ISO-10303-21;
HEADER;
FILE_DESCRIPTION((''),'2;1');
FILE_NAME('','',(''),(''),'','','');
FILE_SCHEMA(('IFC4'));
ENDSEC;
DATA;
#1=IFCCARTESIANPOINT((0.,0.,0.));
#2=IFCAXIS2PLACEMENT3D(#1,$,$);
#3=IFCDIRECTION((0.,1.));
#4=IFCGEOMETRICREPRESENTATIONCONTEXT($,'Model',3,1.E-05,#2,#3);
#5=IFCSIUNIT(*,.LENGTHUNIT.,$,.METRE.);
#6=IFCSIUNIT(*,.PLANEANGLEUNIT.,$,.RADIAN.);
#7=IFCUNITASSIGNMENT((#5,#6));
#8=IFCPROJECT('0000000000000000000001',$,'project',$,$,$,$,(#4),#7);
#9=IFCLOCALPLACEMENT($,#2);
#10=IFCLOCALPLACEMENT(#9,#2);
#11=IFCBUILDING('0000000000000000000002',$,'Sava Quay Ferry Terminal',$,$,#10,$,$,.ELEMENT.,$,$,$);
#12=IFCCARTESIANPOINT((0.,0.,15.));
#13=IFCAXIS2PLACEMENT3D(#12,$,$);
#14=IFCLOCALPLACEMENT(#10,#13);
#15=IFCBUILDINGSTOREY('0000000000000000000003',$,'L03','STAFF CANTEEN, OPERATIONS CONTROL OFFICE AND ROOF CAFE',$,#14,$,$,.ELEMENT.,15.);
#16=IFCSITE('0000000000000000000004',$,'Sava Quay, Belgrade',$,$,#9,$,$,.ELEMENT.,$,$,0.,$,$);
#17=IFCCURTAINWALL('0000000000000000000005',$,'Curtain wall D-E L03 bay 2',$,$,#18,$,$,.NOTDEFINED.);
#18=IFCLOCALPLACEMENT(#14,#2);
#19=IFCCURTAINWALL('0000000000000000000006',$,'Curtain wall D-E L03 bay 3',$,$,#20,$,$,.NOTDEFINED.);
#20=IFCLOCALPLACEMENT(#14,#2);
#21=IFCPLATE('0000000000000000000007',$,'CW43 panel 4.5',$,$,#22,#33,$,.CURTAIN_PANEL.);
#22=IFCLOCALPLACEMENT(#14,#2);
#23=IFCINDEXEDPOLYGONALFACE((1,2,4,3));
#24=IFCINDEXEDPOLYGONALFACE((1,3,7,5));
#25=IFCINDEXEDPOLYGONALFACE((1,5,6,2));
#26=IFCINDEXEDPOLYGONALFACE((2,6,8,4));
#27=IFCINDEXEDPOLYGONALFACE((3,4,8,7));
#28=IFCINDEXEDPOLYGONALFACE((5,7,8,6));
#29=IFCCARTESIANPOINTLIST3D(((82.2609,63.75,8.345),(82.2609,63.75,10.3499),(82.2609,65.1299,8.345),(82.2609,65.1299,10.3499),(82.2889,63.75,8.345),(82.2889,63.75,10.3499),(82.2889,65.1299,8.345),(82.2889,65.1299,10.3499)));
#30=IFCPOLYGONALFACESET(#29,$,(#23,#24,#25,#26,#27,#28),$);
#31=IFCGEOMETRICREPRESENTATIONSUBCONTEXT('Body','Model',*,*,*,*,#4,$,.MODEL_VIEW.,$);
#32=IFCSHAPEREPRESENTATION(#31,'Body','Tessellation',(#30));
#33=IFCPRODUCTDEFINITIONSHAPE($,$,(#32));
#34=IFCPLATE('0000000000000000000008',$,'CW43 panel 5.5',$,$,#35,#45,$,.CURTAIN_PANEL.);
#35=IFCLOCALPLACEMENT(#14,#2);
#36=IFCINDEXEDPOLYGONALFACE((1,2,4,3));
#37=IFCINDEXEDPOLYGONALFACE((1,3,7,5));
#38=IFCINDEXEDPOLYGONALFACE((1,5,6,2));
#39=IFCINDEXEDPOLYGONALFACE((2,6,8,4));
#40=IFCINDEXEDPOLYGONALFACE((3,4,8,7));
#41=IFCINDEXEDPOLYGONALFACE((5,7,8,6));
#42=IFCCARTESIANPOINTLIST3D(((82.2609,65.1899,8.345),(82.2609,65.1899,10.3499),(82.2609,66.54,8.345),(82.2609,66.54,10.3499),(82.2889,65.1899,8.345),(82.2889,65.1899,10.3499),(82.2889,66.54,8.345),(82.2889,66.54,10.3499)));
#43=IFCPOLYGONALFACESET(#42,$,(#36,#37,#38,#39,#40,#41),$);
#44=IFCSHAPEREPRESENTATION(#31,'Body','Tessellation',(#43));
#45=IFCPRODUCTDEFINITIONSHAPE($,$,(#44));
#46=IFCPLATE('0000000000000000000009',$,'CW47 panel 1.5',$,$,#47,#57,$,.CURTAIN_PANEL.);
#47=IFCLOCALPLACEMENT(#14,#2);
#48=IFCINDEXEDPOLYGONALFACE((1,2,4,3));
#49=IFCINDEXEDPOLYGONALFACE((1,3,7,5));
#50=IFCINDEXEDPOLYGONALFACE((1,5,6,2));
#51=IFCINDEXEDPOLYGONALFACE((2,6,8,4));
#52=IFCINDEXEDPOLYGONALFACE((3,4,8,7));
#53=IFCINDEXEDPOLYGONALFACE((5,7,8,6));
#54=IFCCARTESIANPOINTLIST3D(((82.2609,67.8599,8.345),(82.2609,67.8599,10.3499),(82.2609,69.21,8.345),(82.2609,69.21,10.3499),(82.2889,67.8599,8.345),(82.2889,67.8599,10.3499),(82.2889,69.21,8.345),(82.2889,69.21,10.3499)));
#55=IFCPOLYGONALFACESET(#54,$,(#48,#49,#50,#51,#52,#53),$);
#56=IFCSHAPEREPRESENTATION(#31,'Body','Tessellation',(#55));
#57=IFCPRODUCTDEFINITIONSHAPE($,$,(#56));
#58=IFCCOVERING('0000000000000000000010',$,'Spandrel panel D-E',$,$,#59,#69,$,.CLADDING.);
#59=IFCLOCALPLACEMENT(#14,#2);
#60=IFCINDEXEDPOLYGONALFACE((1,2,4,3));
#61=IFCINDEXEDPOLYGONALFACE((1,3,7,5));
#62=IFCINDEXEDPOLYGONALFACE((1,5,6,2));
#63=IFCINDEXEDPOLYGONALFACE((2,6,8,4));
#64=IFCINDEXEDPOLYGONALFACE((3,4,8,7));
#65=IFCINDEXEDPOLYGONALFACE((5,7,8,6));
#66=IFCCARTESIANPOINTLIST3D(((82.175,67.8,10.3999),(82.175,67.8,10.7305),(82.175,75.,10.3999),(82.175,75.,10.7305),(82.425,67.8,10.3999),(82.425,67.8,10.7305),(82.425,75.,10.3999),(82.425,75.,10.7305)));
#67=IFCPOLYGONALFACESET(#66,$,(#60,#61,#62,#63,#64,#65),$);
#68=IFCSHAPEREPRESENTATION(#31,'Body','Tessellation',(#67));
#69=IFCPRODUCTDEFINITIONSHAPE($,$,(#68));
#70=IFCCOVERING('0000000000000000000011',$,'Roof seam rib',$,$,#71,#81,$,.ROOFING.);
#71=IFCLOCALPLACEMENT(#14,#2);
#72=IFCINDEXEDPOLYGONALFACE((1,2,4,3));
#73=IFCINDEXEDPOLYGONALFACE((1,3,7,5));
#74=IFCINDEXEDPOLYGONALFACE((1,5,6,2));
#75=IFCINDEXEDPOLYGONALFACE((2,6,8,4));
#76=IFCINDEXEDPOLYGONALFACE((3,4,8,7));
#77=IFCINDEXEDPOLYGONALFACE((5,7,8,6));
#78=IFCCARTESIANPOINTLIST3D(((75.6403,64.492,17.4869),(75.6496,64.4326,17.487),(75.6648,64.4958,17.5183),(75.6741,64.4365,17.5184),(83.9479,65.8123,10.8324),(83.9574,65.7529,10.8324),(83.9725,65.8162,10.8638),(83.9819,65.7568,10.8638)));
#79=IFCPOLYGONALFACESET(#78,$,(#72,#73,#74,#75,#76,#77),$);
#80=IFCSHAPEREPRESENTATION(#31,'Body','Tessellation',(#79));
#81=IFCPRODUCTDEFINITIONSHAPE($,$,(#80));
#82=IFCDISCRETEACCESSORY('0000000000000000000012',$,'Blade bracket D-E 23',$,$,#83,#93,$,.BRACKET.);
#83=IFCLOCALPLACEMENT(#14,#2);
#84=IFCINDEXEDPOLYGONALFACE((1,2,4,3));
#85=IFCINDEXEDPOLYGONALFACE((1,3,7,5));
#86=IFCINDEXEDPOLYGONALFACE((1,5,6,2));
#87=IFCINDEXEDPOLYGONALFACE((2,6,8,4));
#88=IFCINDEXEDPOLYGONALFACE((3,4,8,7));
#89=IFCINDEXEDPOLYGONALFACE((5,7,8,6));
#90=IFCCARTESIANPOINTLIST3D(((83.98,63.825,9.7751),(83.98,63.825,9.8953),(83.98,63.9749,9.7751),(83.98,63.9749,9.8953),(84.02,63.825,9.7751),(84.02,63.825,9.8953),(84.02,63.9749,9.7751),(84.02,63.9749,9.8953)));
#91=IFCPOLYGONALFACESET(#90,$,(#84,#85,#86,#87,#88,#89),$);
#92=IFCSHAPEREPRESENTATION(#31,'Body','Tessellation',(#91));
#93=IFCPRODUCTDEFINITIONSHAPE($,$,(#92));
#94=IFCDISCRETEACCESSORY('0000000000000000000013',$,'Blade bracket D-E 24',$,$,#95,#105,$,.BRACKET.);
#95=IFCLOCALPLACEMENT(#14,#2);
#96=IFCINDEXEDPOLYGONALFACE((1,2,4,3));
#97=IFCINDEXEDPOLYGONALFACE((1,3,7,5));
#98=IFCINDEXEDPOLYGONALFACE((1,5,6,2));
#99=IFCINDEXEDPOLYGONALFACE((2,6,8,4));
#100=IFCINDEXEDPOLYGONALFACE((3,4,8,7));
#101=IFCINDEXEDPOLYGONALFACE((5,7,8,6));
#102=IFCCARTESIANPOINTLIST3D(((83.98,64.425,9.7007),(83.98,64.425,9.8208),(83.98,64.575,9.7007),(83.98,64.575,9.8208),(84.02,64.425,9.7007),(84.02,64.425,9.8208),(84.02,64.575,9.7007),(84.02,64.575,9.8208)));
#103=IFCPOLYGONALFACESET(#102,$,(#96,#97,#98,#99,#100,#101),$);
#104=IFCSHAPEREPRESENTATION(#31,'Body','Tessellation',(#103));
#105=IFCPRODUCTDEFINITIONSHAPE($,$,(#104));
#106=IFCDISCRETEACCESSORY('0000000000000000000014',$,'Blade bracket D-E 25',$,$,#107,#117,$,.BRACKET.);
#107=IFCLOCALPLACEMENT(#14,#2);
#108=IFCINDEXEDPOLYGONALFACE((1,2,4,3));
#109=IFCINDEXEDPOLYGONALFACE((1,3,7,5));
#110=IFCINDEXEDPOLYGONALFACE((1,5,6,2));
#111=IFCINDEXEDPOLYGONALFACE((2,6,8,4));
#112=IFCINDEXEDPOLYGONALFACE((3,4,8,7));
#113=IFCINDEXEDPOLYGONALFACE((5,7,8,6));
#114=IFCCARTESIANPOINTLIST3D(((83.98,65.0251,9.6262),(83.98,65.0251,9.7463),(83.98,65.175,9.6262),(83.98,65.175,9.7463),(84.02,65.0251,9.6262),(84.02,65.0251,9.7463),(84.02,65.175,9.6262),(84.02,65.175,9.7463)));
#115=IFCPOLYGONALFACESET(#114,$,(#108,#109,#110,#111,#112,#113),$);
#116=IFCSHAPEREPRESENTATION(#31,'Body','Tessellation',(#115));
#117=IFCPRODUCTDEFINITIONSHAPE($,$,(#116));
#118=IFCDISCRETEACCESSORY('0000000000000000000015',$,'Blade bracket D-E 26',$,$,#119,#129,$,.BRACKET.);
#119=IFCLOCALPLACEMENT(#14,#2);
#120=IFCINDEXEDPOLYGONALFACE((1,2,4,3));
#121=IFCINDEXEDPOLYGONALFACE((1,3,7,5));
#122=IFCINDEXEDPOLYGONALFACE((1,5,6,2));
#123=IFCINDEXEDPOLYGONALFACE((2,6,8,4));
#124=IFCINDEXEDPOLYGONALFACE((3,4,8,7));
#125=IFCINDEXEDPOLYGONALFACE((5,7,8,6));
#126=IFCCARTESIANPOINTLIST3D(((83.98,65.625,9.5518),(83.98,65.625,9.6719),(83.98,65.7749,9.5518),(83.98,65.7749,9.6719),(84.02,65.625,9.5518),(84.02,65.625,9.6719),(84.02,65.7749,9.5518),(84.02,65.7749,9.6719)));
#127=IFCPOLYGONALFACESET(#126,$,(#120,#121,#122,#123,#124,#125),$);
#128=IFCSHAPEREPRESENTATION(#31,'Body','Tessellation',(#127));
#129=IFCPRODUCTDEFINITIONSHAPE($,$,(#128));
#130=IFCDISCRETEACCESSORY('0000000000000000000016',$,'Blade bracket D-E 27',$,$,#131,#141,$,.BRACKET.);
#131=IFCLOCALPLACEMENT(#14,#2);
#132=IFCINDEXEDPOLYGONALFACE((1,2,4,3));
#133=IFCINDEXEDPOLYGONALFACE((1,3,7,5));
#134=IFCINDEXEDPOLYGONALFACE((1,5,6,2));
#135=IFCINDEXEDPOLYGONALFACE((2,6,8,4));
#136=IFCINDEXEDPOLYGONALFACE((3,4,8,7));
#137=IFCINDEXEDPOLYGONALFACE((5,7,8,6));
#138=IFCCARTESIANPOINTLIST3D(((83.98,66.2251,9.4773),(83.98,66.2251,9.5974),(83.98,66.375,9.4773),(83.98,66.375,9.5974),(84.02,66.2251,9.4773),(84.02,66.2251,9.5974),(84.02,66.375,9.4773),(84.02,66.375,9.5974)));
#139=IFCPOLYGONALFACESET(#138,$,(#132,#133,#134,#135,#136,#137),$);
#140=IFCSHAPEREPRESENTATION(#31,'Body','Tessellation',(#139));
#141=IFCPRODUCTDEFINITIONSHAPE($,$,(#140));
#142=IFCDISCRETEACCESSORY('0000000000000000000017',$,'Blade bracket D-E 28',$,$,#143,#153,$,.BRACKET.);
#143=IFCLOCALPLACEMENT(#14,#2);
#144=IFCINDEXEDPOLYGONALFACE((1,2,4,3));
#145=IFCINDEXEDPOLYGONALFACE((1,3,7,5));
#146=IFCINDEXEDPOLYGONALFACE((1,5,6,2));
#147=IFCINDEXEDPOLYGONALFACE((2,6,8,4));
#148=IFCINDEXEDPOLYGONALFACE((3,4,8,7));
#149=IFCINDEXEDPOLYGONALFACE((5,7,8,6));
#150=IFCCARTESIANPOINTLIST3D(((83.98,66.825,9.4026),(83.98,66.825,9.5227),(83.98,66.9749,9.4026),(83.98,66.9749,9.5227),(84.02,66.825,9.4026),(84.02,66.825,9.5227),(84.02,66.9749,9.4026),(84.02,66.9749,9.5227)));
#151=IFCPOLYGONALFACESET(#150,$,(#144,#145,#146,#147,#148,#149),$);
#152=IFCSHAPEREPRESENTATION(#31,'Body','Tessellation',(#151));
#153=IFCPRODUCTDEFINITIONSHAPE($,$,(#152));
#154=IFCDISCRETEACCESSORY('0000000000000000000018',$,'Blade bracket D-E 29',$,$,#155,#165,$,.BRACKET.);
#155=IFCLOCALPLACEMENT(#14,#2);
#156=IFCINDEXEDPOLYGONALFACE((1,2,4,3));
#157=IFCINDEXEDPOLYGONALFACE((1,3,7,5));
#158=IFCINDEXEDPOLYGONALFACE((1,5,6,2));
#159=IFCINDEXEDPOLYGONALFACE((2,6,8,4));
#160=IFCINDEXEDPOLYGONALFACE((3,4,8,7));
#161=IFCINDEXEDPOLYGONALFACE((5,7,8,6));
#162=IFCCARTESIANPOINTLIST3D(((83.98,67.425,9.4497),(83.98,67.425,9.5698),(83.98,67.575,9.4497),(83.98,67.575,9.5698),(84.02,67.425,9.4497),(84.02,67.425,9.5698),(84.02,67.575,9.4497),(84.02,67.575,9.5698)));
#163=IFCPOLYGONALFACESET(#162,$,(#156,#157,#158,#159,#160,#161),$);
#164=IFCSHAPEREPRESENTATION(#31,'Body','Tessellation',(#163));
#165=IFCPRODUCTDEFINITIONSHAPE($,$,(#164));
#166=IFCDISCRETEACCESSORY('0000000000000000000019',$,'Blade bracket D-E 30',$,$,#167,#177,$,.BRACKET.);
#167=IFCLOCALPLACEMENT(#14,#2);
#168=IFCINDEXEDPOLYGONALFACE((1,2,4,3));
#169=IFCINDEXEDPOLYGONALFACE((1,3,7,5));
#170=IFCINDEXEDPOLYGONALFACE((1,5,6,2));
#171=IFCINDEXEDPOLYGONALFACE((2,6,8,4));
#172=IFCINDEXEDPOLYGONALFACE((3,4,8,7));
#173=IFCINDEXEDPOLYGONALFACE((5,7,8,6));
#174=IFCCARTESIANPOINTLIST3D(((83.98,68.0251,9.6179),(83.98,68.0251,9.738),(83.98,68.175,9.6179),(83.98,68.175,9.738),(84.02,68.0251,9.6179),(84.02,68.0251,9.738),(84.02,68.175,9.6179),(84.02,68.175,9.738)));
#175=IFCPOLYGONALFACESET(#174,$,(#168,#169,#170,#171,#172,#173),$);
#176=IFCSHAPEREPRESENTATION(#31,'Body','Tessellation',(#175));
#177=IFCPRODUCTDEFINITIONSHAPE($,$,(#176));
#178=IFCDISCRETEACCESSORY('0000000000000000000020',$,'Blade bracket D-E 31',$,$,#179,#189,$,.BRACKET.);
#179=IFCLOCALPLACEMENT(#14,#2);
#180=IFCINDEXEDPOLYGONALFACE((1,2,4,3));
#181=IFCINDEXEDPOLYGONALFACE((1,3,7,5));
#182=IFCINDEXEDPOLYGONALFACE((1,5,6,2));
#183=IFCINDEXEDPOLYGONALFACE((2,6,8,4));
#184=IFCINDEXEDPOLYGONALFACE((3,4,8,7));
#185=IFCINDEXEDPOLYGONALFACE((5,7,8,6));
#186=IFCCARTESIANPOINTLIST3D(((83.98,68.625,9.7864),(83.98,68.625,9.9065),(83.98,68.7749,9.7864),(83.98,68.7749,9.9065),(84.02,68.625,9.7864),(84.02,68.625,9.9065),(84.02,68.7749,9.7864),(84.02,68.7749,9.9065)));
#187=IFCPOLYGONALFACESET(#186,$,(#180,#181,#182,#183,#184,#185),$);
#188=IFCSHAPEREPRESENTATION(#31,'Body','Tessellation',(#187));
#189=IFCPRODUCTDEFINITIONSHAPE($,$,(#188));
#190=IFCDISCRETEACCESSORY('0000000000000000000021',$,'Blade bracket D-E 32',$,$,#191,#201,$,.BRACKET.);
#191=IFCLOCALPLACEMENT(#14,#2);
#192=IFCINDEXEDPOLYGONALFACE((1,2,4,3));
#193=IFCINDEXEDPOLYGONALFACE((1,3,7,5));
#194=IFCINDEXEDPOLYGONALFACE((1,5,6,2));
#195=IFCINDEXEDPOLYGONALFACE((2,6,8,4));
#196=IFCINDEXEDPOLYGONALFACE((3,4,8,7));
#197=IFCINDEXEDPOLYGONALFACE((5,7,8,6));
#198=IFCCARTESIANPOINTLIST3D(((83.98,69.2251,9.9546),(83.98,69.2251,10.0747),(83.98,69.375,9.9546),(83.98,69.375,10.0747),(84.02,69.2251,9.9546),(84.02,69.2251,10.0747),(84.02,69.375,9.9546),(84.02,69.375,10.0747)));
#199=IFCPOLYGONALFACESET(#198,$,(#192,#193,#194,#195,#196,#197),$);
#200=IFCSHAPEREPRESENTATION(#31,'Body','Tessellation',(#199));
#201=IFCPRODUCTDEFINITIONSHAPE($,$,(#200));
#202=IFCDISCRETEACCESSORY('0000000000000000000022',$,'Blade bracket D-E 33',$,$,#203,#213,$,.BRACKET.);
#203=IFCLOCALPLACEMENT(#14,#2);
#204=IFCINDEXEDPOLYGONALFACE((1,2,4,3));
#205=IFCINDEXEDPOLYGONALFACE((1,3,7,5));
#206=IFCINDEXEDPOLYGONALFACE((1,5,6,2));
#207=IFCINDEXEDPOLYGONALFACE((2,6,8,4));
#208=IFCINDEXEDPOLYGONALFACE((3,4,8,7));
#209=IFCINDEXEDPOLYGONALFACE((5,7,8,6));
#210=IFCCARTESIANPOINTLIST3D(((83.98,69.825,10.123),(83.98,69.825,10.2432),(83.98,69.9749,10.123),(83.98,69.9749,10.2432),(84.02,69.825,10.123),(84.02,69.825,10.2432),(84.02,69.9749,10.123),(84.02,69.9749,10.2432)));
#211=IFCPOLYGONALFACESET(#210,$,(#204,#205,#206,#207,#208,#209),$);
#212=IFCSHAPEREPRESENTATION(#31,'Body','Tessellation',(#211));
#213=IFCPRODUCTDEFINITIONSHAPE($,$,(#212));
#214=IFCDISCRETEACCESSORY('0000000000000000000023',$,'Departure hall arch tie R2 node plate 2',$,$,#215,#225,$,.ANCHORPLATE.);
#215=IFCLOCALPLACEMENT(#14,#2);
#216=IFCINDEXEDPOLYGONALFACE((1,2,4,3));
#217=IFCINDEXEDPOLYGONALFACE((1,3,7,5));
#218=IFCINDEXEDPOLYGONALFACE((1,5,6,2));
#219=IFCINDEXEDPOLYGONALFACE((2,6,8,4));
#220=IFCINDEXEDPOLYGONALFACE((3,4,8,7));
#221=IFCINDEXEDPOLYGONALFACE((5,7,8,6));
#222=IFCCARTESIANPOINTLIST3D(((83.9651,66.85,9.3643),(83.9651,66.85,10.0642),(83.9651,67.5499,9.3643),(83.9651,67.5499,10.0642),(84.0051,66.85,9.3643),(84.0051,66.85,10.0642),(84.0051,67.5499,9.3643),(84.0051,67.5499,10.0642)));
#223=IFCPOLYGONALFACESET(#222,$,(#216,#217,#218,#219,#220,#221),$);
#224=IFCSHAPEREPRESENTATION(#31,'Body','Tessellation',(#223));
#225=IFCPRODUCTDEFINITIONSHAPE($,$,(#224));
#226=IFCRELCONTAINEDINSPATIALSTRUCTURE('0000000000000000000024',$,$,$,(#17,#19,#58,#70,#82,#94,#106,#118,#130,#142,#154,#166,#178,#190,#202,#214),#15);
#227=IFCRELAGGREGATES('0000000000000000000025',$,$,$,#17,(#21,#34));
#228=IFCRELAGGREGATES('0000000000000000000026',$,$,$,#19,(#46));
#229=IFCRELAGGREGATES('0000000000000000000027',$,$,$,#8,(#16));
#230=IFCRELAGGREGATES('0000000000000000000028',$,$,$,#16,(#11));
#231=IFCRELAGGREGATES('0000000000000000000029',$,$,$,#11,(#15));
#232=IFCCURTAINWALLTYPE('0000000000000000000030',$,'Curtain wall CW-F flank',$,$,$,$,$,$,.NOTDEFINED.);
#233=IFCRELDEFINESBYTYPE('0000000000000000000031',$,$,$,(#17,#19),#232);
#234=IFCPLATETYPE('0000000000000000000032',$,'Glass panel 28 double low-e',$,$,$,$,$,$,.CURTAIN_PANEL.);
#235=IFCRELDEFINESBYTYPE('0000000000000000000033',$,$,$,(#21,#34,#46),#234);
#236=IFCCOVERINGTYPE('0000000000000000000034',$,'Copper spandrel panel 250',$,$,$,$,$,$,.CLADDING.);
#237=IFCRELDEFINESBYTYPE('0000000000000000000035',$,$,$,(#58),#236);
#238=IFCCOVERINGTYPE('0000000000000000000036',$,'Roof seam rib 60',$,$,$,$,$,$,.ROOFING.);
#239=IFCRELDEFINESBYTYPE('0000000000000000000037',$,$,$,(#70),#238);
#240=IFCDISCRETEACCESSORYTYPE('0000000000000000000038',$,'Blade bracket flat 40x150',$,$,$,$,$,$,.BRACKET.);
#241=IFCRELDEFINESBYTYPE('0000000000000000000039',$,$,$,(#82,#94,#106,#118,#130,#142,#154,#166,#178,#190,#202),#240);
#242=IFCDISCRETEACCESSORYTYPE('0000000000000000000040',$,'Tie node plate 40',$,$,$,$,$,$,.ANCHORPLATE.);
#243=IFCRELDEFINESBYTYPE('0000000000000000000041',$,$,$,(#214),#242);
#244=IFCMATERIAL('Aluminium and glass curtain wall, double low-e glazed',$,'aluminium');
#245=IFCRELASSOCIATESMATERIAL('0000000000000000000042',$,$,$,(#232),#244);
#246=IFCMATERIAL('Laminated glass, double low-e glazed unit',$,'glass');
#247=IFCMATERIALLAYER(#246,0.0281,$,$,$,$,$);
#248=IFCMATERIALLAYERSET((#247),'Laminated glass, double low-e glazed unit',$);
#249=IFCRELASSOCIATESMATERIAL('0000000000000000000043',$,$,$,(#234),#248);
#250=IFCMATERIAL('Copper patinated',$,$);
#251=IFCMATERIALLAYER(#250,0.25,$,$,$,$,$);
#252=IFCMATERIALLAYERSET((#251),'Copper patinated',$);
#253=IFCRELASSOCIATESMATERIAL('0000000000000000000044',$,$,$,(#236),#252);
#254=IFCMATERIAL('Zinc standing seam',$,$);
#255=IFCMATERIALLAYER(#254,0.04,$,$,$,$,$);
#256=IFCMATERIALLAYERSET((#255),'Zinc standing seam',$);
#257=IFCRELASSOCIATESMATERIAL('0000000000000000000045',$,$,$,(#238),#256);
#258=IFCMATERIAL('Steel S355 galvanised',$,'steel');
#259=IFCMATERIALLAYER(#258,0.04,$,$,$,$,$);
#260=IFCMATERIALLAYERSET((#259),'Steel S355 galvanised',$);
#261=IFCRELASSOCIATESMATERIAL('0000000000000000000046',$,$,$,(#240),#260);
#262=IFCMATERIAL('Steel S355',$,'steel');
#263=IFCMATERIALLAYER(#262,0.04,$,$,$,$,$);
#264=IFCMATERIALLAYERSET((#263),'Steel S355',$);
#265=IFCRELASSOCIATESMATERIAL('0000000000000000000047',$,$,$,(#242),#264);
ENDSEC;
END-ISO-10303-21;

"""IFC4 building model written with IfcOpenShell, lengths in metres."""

from ifc_helpers import new_model, si_unit, direction, frame, origin, origin_2d, place, context, subcontext, project, spatial, polyline, rectangle, outline, extrude, material, layer, layer_set, type_object, element, aggregate, save


model = new_model("IFC4")

# Units and contexts
model_context = context("Model", 3, precision=1e-05, world=origin(), true_north=direction((0.0, 1.0)))
body_context = subcontext(model_context, "Body", "Model", "MODEL_VIEW")
ifc_project = project(units=[si_unit("LENGTHUNIT", "METRE"), si_unit("PLANEANGLEUNIT", "RADIAN")], contexts=[model_context])

# Site, building, storey
site_placement = place(None, origin())
site = spatial("IfcSite", under=ifc_project, at=site_placement, Name="Sava Quay, Belgrade", CompositionType="ELEMENT", RefElevation=0.0)
building_placement = place(site_placement, origin())
building = spatial("IfcBuilding", under=site, at=building_placement, Name="Sava Quay Ferry Terminal", CompositionType="ELEMENT")
storey_placement = place(building_placement, frame((0.0, 0.0, 15.0)))
storey = spatial("IfcBuildingStorey", under=building, at=storey_placement, Name="L03", Description="STAFF CANTEEN, OPERATIONS CONTROL OFFICE AND ROOF CAFE", CompositionType="ELEMENT", Elevation=15.0)

# Curtain walls
ifc_material_1 = material(Name="Aluminium and glass curtain wall, double low-e glazed", Category="aluminium")
curtain_wall_type = type_object("IfcCurtainWallType", Name="Curtain wall CW-F flank", PredefinedType="NOTDEFINED", material=ifc_material_1)
curtain_wall_1_placement = place(storey_placement, origin())
curtain_wall_1 = element("IfcCurtainWall", 1, at=curtain_wall_1_placement, inside=storey, type_object=curtain_wall_type, Name="Curtain wall D-E L03 bay 2", PredefinedType="NOTDEFINED")
curtain_wall_2_placement = place(storey_placement, origin())
curtain_wall_2 = element("IfcCurtainWall", 2, at=curtain_wall_2_placement, inside=storey, type_object=curtain_wall_type, Name="Curtain wall D-E L03 bay 3", PredefinedType="NOTDEFINED")

# Plates
ifc_material_2 = material(Name="Laminated glass, double low-e glazed unit", Category="glass")
ifc_layer_1 = layer(ifc_material_2, 0.0281)
ifc_layer_set_1 = layer_set([ifc_layer_1], Name="Laminated glass, double low-e glazed unit")
plate_type = type_object("IfcPlateType", Name="Glass panel 28 double low-e", PredefinedType="CURTAIN_PANEL", material=ifc_layer_set_1)
plate_1_placement = place(storey_placement, frame((82.2749, 64.4399, 8.345), z_axis=(0.0, 0.0, 1.0), x_axis=(0.0, 1.0, 0.0)))
plate_1 = element("IfcPlate", 3, at=plate_1_placement, type_object=plate_type, Name="CW43 panel 4.5", PredefinedType="CURTAIN_PANEL", context=body_context, shape_type="SweptSolid", body=[
    extrude(rectangle(XDim=1.3799, YDim=0.0281, at=origin_2d()), origin(), (0.0, 0.0, 1.0), 2.0049),
])
plate_2_placement = place(storey_placement, frame((82.2749, 65.865, 8.345), z_axis=(0.0, 0.0, 1.0), x_axis=(0.0, 1.0, 0.0)))
plate_2 = element("IfcPlate", 4, at=plate_2_placement, type_object=plate_type, Name="CW43 panel 5.5", PredefinedType="CURTAIN_PANEL", context=body_context, shape_type="SweptSolid", body=[
    extrude(rectangle(XDim=1.3501, YDim=0.0281, at=origin_2d()), origin(), (0.0, 0.0, 1.0), 2.0049),
])
aggregate(curtain_wall_1, [plate_1, plate_2])
plate_3_placement = place(storey_placement, frame((82.2749, 68.5349, 8.345), z_axis=(0.0, 0.0, 1.0), x_axis=(0.0, 1.0, 0.0)))
plate_3 = element("IfcPlate", 5, at=plate_3_placement, type_object=plate_type, Name="CW47 panel 1.5", PredefinedType="CURTAIN_PANEL", context=body_context, shape_type="SweptSolid", body=[
    extrude(rectangle(XDim=1.3501, YDim=0.0281, at=origin_2d()), origin(), (0.0, 0.0, 1.0), 2.0049),
])
aggregate(curtain_wall_2, [plate_3])

# Coverings
ifc_material_3 = material(Name="Copper patinated")
ifc_layer_2 = layer(ifc_material_3, 0.25)
ifc_layer_set_2 = layer_set([ifc_layer_2], Name="Copper patinated")
covering_type_1 = type_object("IfcCoveringType", Name="Copper spandrel panel 250", PredefinedType="CLADDING", material=ifc_layer_set_2)
covering_1_placement = place(storey_placement, frame((82.3, 67.8, 10.3999), z_axis=(0.0, 0.0, 1.0), x_axis=(0.0, 1.0, 0.0)))
element("IfcCovering", 6, at=covering_1_placement, inside=storey, type_object=covering_type_1, Name="Spandrel panel D-E", PredefinedType="CLADDING", context=body_context, shape_type="SweptSolid", body=[
    extrude(outline(polyline([(0.0, 0.0), (7.2, 0.0), (7.2, 0.3306), (0.0, 0.3306), (0.0, 0.0)])), frame((0.0, 0.125, 0.0), z_axis=(0.0, -1.0, 0.0), x_axis=(1.0, 0.0, 0.0)), (0.0, 0.0, 1.0), 0.25),
])
ifc_material_4 = material(Name="Zinc standing seam")
ifc_layer_3 = layer(ifc_material_4, 0.04)
ifc_layer_set_3 = layer_set([ifc_layer_3], Name="Zinc standing seam")
covering_type_2 = type_object("IfcCoveringType", Name="Roof seam rib 60", PredefinedType="ROOFING", material=ifc_layer_set_3)
covering_2_placement = place(storey_placement, frame((83.9819, 65.7568, 10.8638), z_axis=(0.612775, 0.097086, 0.784271), x_axis=(-0.774551, -0.123094, 0.620419)))
element("IfcCovering", 7, at=covering_2_placement, inside=storey, type_object=covering_type_2, Name="Roof seam rib", PredefinedType="ROOFING", context=body_context, shape_type="SweptSolid", body=[
    extrude(outline(polyline([(0.0, 0.0), (10.726, 0.0), (10.7259, -0.06), (0.0001, -0.0601), (0.0, 0.0)])), origin(), (0.0, 0.0, -1.0), 0.04),
])

# Discrete accessories
ifc_material_5 = material(Name="Steel S355 galvanised", Category="steel")
ifc_layer_4 = layer(ifc_material_5, 0.04)
ifc_layer_set_4 = layer_set([ifc_layer_4], Name="Steel S355 galvanised")
discrete_accessory_type_1 = type_object("IfcDiscreteAccessoryType", Name="Blade bracket flat 40x150", PredefinedType="BRACKET", material=ifc_layer_set_4)
for number, where, z_axis, x_axis, name in (
    (8, (84.0, 63.8999, 9.7751), (0.0, 0.0, 1.0), (1.0, 0.0, 0.0), "Blade bracket D-E 23"),
    (9, (84.0, 64.5, 9.7007), (0.0, 0.0, 1.0), (1.0, 0.0, 0.0), "Blade bracket D-E 24"),
    (10, (84.0, 65.1001, 9.6262), (0.0, 0.0, 1.0), (1.0, 0.0, 0.0), "Blade bracket D-E 25"),
    (11, (84.0, 65.7, 9.5518), (0.0, 0.0, 1.0), (1.0, 0.0, 0.0), "Blade bracket D-E 26"),
    (12, (84.0, 66.3, 9.4773), (0.0, 0.0, 1.0), (1.0, 0.0, 0.0), "Blade bracket D-E 27"),
    (13, (84.0, 66.8999, 9.4026), (0.0, 0.0, 1.0), (1.0, 0.0, 0.0), "Blade bracket D-E 28"),
    (14, (84.0, 67.5, 9.4497), (0.0, 0.0, 1.0), (1.0, 0.0, 0.0), "Blade bracket D-E 29"),
    (15, (84.0, 68.1001, 9.6179), (0.0, 0.0, 1.0), (1.0, 0.0, 0.0), "Blade bracket D-E 30"),
    (16, (84.0, 68.7, 9.7864), (0.0, 0.0, 1.0), (1.0, 0.0, 0.0), "Blade bracket D-E 31"),
    (17, (84.0, 69.3, 9.9546), (0.0, 0.0, 1.0), (1.0, 0.0, 0.0), "Blade bracket D-E 32"),
    (18, (84.0, 69.8999, 10.123), (0.0, 0.0, 1.0), (1.0, 0.0, 0.0), "Blade bracket D-E 33"),
):
    element("IfcDiscreteAccessory", number, at=place(storey_placement, frame(where, z_axis=z_axis, x_axis=x_axis)), inside=storey, type_object=discrete_accessory_type_1, Name=name, PredefinedType="BRACKET", context=body_context, shape_type="SweptSolid", body=[
        extrude(rectangle(XDim=0.04, YDim=0.1499, at=origin_2d()), origin(), (0.0, 0.0, 1.0), 0.1201),
    ])
ifc_material_6 = material(Name="Steel S355", Category="steel")
ifc_layer_5 = layer(ifc_material_6, 0.04)
ifc_layer_set_5 = layer_set([ifc_layer_5], Name="Steel S355")
discrete_accessory_type_2 = type_object("IfcDiscreteAccessoryType", Name="Tie node plate 40", PredefinedType="ANCHORPLATE", material=ifc_layer_set_5)
discrete_accessory_placement = place(storey_placement, frame((83.9851, 67.2, 9.3643), z_axis=(0.0, 0.0, 1.0), x_axis=(1.0, 0.0, 0.0)))
element("IfcDiscreteAccessory", 19, at=discrete_accessory_placement, inside=storey, type_object=discrete_accessory_type_2, Name="Departure hall arch tie R2 node plate 2", PredefinedType="ANCHORPLATE", context=body_context, shape_type="SweptSolid", body=[
    extrude(rectangle(XDim=0.04, YDim=0.7, at=origin_2d()), origin(), (0.0, 0.0, 1.0), 0.7),
])

save(model, "model.ifc")
